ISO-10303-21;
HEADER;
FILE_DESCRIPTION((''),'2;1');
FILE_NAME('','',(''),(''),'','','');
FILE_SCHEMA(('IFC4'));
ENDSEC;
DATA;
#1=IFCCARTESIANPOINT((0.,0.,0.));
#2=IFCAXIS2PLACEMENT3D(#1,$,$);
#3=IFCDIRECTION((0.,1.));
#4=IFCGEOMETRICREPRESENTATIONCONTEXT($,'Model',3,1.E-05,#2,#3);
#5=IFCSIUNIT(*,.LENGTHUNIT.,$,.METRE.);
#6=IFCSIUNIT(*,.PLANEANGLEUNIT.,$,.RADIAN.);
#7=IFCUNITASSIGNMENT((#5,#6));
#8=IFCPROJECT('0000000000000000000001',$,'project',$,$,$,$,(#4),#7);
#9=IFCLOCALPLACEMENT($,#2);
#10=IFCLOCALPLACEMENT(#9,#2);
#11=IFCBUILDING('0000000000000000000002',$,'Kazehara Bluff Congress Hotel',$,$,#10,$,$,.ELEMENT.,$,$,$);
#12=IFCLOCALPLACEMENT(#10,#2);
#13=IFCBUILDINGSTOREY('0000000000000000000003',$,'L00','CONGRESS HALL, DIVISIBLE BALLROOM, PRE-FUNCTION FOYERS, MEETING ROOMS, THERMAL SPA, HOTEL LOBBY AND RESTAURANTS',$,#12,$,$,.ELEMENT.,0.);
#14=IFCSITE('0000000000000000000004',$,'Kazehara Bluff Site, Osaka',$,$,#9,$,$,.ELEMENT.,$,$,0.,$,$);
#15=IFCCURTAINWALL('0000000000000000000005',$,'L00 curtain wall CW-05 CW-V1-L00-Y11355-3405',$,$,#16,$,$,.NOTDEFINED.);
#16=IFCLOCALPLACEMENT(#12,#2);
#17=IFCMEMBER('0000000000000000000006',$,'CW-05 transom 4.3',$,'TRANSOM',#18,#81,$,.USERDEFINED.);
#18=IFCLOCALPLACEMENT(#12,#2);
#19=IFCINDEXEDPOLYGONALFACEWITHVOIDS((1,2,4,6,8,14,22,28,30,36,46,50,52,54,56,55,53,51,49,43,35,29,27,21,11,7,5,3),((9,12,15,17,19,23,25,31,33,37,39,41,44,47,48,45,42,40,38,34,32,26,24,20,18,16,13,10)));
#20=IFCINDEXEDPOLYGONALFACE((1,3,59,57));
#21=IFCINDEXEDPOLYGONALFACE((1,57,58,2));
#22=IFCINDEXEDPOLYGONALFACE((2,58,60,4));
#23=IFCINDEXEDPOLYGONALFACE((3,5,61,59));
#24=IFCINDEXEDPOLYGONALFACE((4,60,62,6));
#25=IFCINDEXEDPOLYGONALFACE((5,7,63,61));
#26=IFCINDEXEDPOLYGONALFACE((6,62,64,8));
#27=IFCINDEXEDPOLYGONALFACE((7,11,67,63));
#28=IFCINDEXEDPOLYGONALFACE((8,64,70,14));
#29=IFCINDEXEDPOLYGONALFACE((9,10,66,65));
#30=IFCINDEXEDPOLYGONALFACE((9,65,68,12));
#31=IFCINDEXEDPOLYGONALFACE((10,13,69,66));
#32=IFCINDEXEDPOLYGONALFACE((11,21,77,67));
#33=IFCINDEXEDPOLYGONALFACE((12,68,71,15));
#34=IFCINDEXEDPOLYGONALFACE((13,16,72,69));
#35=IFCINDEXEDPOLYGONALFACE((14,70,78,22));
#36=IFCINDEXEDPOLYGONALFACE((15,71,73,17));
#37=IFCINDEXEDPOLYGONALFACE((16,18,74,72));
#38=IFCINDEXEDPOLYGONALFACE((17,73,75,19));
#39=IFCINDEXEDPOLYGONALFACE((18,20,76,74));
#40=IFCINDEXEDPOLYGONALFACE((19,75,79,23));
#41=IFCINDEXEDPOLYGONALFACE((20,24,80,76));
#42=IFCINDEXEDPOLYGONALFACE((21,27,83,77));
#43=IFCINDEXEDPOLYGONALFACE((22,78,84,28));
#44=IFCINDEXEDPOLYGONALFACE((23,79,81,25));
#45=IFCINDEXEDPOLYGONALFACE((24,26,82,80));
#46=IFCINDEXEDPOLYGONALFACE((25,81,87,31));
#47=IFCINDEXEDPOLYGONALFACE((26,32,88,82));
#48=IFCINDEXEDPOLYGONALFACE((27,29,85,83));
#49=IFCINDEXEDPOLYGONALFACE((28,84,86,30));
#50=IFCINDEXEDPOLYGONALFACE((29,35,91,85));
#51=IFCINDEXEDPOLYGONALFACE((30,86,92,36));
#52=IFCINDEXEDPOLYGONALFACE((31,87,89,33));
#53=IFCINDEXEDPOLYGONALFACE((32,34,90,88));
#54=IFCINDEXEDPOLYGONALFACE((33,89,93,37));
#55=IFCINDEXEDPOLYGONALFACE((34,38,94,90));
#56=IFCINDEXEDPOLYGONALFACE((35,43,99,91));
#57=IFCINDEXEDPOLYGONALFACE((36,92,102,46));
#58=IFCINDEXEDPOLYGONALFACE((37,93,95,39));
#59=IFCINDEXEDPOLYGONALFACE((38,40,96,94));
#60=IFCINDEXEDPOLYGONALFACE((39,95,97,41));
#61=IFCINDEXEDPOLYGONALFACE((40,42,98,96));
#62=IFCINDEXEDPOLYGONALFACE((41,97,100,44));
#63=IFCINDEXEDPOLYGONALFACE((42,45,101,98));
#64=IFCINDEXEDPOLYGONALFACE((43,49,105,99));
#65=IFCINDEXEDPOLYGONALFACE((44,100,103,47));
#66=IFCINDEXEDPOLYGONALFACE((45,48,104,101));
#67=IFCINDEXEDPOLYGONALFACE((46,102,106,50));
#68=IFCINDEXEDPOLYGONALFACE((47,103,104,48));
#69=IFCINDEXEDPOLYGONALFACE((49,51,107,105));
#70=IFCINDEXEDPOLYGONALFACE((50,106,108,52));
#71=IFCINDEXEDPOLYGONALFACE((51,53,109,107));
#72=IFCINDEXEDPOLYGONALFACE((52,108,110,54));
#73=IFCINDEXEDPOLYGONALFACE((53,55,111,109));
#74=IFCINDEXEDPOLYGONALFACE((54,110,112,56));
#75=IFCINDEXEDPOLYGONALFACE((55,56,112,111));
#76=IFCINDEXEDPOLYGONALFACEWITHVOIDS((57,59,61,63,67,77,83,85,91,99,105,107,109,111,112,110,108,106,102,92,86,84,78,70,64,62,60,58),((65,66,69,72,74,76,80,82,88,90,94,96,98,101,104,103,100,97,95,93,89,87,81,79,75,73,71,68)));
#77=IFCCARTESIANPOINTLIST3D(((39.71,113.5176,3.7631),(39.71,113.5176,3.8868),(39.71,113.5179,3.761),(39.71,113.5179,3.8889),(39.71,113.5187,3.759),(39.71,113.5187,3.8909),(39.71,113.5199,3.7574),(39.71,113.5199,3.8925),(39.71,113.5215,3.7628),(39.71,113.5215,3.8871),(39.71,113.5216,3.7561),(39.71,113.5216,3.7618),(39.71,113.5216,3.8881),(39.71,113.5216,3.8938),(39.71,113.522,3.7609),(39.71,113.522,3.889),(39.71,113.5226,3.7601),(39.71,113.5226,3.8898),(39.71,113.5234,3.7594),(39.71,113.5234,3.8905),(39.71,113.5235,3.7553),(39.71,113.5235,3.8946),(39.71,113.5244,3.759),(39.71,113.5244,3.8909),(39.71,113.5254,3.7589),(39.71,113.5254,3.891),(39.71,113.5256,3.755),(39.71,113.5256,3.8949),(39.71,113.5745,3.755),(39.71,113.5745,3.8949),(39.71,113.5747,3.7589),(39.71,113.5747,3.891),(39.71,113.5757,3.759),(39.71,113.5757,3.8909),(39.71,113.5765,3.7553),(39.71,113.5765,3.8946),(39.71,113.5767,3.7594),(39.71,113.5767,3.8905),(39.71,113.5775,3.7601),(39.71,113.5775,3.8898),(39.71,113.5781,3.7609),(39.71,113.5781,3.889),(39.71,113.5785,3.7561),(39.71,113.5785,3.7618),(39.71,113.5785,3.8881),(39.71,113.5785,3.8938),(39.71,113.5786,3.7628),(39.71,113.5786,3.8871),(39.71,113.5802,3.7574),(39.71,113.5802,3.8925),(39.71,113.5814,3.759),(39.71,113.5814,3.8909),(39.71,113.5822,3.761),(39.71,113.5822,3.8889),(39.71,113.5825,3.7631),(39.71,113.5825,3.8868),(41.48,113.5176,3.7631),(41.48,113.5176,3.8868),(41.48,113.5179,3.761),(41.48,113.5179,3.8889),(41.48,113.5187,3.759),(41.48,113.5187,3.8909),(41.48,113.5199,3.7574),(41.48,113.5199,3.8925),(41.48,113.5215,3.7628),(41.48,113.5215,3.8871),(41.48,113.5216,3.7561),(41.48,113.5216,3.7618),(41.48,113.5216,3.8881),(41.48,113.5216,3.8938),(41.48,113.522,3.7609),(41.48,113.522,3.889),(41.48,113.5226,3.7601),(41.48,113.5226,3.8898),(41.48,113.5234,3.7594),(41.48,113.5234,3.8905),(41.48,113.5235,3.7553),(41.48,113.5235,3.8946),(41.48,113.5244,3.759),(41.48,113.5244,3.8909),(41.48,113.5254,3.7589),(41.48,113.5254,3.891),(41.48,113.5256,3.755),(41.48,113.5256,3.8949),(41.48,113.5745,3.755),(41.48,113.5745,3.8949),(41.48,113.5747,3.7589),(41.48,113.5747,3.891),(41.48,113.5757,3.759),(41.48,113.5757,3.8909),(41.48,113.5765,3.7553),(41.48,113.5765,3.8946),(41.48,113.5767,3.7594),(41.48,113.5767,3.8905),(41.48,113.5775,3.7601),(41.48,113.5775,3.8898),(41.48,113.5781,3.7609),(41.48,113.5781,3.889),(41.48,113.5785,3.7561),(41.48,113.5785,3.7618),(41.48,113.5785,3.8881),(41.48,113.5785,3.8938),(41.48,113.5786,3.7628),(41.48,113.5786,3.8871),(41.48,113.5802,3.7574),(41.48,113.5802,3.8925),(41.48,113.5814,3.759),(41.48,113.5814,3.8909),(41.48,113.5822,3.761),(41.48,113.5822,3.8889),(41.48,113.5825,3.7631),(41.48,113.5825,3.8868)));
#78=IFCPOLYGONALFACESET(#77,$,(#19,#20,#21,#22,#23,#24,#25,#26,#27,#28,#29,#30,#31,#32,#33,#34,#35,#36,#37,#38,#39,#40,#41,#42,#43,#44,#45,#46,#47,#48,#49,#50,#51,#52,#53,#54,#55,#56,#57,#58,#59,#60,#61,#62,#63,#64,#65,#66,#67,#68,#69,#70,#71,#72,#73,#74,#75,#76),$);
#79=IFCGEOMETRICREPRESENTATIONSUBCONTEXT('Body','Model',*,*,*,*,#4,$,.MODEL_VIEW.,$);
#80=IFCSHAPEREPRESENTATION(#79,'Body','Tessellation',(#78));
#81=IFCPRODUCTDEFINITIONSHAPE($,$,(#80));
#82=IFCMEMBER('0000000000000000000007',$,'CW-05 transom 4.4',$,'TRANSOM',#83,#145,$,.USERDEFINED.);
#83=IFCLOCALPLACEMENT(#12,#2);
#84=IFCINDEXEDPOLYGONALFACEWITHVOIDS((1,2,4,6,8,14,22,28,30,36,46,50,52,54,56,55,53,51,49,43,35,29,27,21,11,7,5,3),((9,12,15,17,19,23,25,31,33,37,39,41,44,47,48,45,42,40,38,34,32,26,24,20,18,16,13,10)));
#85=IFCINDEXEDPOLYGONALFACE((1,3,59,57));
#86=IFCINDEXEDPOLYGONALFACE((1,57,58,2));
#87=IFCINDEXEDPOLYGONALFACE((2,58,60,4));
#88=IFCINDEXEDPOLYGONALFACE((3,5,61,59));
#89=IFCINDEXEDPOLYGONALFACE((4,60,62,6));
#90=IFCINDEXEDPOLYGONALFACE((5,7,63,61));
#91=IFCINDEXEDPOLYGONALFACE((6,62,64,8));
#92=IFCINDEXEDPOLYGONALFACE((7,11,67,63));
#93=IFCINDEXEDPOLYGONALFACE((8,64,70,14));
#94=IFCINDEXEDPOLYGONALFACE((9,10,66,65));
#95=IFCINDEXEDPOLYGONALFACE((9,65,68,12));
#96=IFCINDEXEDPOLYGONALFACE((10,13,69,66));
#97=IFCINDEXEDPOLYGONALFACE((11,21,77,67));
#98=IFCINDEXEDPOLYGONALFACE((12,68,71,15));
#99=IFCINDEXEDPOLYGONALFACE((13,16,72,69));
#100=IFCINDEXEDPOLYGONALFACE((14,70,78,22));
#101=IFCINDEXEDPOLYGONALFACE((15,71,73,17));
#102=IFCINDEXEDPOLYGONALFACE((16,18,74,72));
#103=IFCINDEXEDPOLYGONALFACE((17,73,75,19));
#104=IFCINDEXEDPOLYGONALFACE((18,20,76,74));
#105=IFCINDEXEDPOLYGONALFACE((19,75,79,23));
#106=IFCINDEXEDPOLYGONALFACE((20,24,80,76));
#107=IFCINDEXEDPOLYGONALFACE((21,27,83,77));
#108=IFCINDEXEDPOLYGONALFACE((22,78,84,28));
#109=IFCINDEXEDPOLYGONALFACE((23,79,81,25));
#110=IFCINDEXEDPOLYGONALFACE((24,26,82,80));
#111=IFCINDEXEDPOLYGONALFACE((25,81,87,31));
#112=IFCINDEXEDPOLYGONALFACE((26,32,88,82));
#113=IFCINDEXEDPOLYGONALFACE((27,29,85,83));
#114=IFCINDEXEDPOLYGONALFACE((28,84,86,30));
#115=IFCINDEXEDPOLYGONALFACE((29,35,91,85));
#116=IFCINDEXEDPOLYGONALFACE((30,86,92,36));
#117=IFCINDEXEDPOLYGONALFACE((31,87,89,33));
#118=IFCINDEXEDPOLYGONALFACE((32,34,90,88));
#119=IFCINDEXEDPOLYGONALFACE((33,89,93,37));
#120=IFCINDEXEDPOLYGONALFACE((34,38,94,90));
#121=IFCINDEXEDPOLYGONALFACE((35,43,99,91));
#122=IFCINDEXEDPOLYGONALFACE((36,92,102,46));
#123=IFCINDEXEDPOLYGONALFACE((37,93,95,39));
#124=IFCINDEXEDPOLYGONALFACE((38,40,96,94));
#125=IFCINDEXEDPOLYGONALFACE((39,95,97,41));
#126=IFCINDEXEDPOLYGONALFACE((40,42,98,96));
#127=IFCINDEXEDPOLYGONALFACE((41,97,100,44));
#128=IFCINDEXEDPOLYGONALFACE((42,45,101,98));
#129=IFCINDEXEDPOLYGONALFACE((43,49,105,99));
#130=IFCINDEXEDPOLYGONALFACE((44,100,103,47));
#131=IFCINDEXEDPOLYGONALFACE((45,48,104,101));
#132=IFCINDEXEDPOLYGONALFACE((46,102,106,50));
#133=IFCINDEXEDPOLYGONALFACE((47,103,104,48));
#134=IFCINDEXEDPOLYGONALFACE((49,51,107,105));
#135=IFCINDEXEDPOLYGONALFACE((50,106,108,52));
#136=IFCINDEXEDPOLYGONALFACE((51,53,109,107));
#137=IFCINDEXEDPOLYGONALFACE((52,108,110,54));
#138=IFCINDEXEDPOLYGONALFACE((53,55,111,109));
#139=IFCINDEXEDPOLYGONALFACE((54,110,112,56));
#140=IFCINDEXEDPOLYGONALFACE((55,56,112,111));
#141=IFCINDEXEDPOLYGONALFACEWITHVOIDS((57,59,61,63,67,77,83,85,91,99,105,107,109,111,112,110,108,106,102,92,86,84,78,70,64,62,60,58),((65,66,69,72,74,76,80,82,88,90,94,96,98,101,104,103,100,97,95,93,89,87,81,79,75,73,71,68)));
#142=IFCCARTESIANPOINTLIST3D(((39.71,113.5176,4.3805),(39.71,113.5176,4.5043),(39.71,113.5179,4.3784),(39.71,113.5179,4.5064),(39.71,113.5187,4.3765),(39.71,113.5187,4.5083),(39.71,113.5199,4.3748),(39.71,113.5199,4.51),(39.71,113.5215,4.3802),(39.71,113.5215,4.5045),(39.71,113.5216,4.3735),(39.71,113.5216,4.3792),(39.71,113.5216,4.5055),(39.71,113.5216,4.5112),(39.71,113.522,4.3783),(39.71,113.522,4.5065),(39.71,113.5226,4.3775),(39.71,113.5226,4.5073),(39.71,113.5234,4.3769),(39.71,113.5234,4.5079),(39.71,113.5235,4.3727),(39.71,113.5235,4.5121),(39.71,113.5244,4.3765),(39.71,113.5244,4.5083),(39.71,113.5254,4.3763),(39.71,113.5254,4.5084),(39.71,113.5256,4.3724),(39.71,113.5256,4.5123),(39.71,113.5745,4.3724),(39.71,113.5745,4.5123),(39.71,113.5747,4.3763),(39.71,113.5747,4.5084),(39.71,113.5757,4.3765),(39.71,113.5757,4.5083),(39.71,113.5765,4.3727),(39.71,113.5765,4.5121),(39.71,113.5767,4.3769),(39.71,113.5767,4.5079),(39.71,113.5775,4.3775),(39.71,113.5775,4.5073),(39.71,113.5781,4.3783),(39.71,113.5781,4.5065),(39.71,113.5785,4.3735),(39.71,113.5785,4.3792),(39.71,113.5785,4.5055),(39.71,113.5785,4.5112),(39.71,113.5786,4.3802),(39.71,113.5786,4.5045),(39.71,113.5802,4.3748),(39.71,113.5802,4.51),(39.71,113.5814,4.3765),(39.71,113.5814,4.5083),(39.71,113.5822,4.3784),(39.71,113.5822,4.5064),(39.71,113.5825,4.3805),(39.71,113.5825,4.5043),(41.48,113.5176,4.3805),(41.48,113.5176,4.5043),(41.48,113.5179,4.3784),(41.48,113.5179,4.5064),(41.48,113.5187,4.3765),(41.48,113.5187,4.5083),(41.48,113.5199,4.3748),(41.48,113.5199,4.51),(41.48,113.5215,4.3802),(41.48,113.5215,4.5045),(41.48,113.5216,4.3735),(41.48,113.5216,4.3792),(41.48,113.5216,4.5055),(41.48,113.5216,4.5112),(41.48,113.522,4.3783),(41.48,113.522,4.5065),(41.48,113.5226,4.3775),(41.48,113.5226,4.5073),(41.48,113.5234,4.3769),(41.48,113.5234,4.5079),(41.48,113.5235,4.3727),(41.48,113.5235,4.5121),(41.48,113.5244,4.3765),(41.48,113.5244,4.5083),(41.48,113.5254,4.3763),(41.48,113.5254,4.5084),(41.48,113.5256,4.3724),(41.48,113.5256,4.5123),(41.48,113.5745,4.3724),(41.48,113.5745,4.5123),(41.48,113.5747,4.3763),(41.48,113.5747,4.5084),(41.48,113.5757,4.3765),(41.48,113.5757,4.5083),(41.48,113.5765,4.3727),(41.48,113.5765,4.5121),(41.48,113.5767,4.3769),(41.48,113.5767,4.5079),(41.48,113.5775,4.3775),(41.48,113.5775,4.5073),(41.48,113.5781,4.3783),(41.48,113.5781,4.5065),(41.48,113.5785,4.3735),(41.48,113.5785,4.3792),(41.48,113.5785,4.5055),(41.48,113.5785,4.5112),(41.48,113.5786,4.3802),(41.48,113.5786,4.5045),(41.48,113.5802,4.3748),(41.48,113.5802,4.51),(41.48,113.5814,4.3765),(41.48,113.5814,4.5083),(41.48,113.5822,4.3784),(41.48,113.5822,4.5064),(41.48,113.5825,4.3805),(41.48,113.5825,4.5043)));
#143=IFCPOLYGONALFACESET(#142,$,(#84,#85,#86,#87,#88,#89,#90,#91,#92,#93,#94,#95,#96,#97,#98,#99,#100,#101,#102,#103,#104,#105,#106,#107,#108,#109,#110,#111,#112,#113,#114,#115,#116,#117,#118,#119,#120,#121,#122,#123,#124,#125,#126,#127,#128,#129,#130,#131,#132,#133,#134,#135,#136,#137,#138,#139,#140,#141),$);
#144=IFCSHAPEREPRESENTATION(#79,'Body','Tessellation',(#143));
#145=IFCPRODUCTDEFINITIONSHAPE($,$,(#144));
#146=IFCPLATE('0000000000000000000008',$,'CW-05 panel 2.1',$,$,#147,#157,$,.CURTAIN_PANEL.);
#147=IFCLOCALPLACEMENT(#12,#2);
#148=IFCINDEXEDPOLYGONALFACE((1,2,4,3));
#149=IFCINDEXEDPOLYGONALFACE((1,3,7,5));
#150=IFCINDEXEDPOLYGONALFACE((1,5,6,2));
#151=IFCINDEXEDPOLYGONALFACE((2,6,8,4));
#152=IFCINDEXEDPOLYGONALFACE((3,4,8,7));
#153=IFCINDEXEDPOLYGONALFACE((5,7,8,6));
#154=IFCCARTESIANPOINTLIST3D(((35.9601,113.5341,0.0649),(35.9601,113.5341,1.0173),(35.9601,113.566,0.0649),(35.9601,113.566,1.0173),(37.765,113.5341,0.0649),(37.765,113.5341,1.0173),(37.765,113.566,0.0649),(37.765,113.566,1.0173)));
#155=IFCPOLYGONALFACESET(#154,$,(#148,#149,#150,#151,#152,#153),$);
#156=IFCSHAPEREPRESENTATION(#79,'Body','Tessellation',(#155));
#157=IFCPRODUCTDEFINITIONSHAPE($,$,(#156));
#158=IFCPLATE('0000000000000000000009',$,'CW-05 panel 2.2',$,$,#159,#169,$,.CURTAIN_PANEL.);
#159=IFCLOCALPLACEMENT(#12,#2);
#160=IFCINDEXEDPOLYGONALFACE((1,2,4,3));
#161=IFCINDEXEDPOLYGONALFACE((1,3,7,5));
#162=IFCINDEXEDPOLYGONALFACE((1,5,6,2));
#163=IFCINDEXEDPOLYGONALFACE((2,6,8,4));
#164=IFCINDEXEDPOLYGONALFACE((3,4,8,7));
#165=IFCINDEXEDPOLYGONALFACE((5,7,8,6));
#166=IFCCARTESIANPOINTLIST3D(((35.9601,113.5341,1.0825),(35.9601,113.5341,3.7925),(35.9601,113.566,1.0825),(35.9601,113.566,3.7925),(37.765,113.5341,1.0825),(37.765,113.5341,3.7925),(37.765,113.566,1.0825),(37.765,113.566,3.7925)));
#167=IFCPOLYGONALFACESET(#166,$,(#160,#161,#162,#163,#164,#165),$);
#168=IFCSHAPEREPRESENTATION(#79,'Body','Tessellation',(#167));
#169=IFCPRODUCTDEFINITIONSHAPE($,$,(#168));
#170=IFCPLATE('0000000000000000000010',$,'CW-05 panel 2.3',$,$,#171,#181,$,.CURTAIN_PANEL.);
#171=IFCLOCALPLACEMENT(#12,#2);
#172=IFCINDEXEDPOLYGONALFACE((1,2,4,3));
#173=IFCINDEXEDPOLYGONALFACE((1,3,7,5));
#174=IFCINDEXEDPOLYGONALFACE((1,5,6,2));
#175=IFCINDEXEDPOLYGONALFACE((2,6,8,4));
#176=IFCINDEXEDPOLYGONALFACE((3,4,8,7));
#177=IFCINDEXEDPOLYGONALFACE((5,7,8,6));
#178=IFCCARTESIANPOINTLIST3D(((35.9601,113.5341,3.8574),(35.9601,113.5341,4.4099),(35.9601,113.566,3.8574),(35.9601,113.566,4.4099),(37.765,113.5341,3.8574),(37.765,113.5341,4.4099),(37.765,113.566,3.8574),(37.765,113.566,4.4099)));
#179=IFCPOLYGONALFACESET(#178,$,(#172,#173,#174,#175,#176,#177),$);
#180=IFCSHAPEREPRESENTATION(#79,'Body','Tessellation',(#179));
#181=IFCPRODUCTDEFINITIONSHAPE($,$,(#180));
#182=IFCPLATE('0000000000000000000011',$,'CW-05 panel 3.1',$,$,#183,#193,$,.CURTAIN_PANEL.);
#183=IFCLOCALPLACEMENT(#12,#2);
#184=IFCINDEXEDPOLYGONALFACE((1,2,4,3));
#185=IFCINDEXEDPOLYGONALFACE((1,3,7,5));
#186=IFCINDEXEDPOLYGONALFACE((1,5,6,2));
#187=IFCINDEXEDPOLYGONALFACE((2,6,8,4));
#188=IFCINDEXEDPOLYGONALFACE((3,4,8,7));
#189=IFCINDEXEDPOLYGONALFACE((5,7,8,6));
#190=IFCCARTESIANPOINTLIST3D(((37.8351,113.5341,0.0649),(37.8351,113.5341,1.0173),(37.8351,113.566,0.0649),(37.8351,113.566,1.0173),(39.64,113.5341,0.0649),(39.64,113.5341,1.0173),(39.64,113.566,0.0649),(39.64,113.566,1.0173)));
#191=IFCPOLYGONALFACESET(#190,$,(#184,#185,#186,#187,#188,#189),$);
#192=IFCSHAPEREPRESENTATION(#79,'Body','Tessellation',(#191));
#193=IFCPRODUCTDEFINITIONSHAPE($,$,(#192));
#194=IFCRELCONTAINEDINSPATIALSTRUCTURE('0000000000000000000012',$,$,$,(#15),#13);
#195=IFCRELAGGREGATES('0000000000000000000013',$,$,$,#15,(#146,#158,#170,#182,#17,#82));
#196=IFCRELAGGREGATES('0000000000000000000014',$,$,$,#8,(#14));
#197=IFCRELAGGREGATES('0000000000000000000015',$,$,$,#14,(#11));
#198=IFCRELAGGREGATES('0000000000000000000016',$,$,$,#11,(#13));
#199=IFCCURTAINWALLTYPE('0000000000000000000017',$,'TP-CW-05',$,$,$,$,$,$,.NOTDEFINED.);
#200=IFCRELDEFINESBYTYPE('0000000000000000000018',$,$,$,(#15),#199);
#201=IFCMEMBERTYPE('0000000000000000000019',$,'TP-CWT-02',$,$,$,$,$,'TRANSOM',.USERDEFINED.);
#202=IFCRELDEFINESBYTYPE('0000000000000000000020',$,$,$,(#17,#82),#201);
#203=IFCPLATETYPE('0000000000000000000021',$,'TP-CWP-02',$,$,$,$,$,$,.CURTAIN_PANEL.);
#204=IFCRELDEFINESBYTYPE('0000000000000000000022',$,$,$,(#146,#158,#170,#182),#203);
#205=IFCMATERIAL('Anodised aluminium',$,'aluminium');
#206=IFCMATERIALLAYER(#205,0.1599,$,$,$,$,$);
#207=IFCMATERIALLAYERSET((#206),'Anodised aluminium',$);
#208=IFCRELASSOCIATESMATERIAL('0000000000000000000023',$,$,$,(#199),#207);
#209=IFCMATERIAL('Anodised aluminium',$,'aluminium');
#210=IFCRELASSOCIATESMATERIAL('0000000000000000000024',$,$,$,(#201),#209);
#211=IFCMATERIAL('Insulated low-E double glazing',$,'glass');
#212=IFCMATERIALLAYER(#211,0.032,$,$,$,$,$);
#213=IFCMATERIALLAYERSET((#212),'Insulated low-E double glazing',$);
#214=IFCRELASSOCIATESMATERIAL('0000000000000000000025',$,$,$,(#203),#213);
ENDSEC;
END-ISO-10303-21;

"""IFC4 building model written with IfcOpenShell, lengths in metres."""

from ifc_helpers import new_model, si_unit, direction, frame, origin, origin_2d, place, context, subcontext, project, spatial, rectangle, hollow_rectangle, extrude, material, layer, layer_set, material_profile, profile_set, type_object, element, aggregate, save


model = new_model("IFC4")

# Units and contexts
model_context = context("Model", 3, precision=1e-05, world=origin(), true_north=direction((0.0, 1.0)))
body_context = subcontext(model_context, "Body", "Model", "MODEL_VIEW")
ifc_project = project(units=[si_unit("LENGTHUNIT", "METRE"), si_unit("PLANEANGLEUNIT", "RADIAN")], contexts=[model_context])

# Site, building, storey
site_placement = place(None, origin())
site = spatial("IfcSite", under=ifc_project, at=site_placement, Name="Kazehara Bluff Site, Osaka", CompositionType="ELEMENT", RefElevation=0.0)
building_placement = place(site_placement, origin())
building = spatial("IfcBuilding", under=site, at=building_placement, Name="Kazehara Bluff Congress Hotel", CompositionType="ELEMENT")
storey_placement = place(building_placement, origin())
storey = spatial("IfcBuildingStorey", under=building, at=storey_placement, Name="L00", Description="CONGRESS HALL, DIVISIBLE BALLROOM, PRE-FUNCTION FOYERS, MEETING ROOMS, THERMAL SPA, HOTEL LOBBY AND RESTAURANTS", CompositionType="ELEMENT", Elevation=0.0)

# Curtain wall
ifc_material_1 = material(Name="Anodised aluminium", Category="aluminium")
ifc_layer_1 = layer(ifc_material_1, 0.1599)
ifc_layer_set_1 = layer_set([ifc_layer_1], Name="Anodised aluminium")
curtain_wall_type_1 = type_object("IfcCurtainWallType", Name="TP-CW-05", PredefinedType="NOTDEFINED", material=ifc_layer_set_1)
curtain_wall_1_placement = place(storey_placement, origin())
curtain_wall_1 = element("IfcCurtainWall", 1, at=curtain_wall_1_placement, inside=storey, type_object=curtain_wall_type_1, Name="L00 curtain wall CW-05 CW-V1-L00-Y11355-3405", PredefinedType="NOTDEFINED")

# Members
ifc_material_2 = material(Name="Anodised aluminium", Category="aluminium")
ifc_material_profile_1 = material_profile(ifc_material_2, hollow_rectangle(XDim=0.0649, YDim=0.1399, WallThickness=0.0039, InnerFilletRadius=0.0039, OuterFilletRadius=0.0081, at=origin_2d()))
ifc_profile_set_1 = profile_set([ifc_material_profile_1], Name="Anodised aluminium")
member_type_1 = type_object("IfcMemberType", Name="TP-CWT-02", ElementType="TRANSOM", PredefinedType="USERDEFINED", material=ifc_profile_set_1)
member_1_placement = place(storey_placement, frame((39.71, 113.55, 3.825), z_axis=(1.0, 0.0, 0.0), x_axis=(0.0, 1.0, 0.0)))
member_1 = element("IfcMember", 2, at=member_1_placement, type_object=member_type_1, Name="CW-05 transom 4.3", ObjectType="TRANSOM", PredefinedType="USERDEFINED", context=body_context, shape_type="SweptSolid", body=[
    extrude(hollow_rectangle(XDim=0.0649, YDim=0.1399, WallThickness=0.0039, InnerFilletRadius=0.0039, OuterFilletRadius=0.0081, at=origin_2d()), origin(), (0.0, 0.0, 1.0), 1.77),
])
member_2_placement = place(storey_placement, frame((39.71, 113.55, 4.4424), z_axis=(1.0, 0.0, 0.0), x_axis=(0.0, 1.0, 0.0)))
member_2 = element("IfcMember", 3, at=member_2_placement, type_object=member_type_1, Name="CW-05 transom 4.4", ObjectType="TRANSOM", PredefinedType="USERDEFINED", context=body_context, shape_type="SweptSolid", body=[
    extrude(hollow_rectangle(XDim=0.0649, YDim=0.1399, WallThickness=0.0039, InnerFilletRadius=0.0039, OuterFilletRadius=0.0081, at=origin_2d()), origin(), (0.0, 0.0, 1.0), 1.77),
])

# Plates
ifc_material_3 = material(Name="Insulated low-E double glazing", Category="glass")
ifc_layer_2 = layer(ifc_material_3, 0.032)
ifc_layer_set_2 = layer_set([ifc_layer_2], Name="Insulated low-E double glazing")
plate_type = type_object("IfcPlateType", Name="TP-CWP-02", PredefinedType="CURTAIN_PANEL", material=ifc_layer_set_2)
plate_1_placement = place(storey_placement, frame((36.8625, 113.55, 0.0649), z_axis=(0.0, 0.0, 1.0), x_axis=(1.0, 0.0, 0.0)))
plate_1 = element("IfcPlate", 4, at=plate_1_placement, type_object=plate_type, Name="CW-05 panel 2.1", PredefinedType="CURTAIN_PANEL", context=body_context, shape_type="SweptSolid", body=[
    extrude(rectangle(XDim=1.8049, YDim=0.032, at=origin_2d()), origin(), (0.0, 0.0, 1.0), 0.9524),
])
plate_2_placement = place(storey_placement, frame((36.8625, 113.55, 1.0825), z_axis=(0.0, 0.0, 1.0), x_axis=(1.0, 0.0, 0.0)))
plate_2 = element("IfcPlate", 5, at=plate_2_placement, type_object=plate_type, Name="CW-05 panel 2.2", PredefinedType="CURTAIN_PANEL", context=body_context, shape_type="SweptSolid", body=[
    extrude(rectangle(XDim=1.8049, YDim=0.032, at=origin_2d()), origin(), (0.0, 0.0, 1.0), 2.71),
])
plate_3_placement = place(storey_placement, frame((36.8625, 113.55, 3.8574), z_axis=(0.0, 0.0, 1.0), x_axis=(1.0, 0.0, 0.0)))
plate_3 = element("IfcPlate", 6, at=plate_3_placement, type_object=plate_type, Name="CW-05 panel 2.3", PredefinedType="CURTAIN_PANEL", context=body_context, shape_type="SweptSolid", body=[
    extrude(rectangle(XDim=1.8049, YDim=0.032, at=origin_2d()), origin(), (0.0, 0.0, 1.0), 0.5525),
])
plate_4_placement = place(storey_placement, frame((38.7375, 113.55, 0.0649), z_axis=(0.0, 0.0, 1.0), x_axis=(1.0, 0.0, 0.0)))
plate_4 = element("IfcPlate", 7, at=plate_4_placement, type_object=plate_type, Name="CW-05 panel 3.1", PredefinedType="CURTAIN_PANEL", context=body_context, shape_type="SweptSolid", body=[
    extrude(rectangle(XDim=1.8049, YDim=0.032, at=origin_2d()), origin(), (0.0, 0.0, 1.0), 0.9524),
])
aggregate(curtain_wall_1, [plate_1, plate_2, plate_3, plate_4, member_1, member_2])

save(model, "model.ifc")
